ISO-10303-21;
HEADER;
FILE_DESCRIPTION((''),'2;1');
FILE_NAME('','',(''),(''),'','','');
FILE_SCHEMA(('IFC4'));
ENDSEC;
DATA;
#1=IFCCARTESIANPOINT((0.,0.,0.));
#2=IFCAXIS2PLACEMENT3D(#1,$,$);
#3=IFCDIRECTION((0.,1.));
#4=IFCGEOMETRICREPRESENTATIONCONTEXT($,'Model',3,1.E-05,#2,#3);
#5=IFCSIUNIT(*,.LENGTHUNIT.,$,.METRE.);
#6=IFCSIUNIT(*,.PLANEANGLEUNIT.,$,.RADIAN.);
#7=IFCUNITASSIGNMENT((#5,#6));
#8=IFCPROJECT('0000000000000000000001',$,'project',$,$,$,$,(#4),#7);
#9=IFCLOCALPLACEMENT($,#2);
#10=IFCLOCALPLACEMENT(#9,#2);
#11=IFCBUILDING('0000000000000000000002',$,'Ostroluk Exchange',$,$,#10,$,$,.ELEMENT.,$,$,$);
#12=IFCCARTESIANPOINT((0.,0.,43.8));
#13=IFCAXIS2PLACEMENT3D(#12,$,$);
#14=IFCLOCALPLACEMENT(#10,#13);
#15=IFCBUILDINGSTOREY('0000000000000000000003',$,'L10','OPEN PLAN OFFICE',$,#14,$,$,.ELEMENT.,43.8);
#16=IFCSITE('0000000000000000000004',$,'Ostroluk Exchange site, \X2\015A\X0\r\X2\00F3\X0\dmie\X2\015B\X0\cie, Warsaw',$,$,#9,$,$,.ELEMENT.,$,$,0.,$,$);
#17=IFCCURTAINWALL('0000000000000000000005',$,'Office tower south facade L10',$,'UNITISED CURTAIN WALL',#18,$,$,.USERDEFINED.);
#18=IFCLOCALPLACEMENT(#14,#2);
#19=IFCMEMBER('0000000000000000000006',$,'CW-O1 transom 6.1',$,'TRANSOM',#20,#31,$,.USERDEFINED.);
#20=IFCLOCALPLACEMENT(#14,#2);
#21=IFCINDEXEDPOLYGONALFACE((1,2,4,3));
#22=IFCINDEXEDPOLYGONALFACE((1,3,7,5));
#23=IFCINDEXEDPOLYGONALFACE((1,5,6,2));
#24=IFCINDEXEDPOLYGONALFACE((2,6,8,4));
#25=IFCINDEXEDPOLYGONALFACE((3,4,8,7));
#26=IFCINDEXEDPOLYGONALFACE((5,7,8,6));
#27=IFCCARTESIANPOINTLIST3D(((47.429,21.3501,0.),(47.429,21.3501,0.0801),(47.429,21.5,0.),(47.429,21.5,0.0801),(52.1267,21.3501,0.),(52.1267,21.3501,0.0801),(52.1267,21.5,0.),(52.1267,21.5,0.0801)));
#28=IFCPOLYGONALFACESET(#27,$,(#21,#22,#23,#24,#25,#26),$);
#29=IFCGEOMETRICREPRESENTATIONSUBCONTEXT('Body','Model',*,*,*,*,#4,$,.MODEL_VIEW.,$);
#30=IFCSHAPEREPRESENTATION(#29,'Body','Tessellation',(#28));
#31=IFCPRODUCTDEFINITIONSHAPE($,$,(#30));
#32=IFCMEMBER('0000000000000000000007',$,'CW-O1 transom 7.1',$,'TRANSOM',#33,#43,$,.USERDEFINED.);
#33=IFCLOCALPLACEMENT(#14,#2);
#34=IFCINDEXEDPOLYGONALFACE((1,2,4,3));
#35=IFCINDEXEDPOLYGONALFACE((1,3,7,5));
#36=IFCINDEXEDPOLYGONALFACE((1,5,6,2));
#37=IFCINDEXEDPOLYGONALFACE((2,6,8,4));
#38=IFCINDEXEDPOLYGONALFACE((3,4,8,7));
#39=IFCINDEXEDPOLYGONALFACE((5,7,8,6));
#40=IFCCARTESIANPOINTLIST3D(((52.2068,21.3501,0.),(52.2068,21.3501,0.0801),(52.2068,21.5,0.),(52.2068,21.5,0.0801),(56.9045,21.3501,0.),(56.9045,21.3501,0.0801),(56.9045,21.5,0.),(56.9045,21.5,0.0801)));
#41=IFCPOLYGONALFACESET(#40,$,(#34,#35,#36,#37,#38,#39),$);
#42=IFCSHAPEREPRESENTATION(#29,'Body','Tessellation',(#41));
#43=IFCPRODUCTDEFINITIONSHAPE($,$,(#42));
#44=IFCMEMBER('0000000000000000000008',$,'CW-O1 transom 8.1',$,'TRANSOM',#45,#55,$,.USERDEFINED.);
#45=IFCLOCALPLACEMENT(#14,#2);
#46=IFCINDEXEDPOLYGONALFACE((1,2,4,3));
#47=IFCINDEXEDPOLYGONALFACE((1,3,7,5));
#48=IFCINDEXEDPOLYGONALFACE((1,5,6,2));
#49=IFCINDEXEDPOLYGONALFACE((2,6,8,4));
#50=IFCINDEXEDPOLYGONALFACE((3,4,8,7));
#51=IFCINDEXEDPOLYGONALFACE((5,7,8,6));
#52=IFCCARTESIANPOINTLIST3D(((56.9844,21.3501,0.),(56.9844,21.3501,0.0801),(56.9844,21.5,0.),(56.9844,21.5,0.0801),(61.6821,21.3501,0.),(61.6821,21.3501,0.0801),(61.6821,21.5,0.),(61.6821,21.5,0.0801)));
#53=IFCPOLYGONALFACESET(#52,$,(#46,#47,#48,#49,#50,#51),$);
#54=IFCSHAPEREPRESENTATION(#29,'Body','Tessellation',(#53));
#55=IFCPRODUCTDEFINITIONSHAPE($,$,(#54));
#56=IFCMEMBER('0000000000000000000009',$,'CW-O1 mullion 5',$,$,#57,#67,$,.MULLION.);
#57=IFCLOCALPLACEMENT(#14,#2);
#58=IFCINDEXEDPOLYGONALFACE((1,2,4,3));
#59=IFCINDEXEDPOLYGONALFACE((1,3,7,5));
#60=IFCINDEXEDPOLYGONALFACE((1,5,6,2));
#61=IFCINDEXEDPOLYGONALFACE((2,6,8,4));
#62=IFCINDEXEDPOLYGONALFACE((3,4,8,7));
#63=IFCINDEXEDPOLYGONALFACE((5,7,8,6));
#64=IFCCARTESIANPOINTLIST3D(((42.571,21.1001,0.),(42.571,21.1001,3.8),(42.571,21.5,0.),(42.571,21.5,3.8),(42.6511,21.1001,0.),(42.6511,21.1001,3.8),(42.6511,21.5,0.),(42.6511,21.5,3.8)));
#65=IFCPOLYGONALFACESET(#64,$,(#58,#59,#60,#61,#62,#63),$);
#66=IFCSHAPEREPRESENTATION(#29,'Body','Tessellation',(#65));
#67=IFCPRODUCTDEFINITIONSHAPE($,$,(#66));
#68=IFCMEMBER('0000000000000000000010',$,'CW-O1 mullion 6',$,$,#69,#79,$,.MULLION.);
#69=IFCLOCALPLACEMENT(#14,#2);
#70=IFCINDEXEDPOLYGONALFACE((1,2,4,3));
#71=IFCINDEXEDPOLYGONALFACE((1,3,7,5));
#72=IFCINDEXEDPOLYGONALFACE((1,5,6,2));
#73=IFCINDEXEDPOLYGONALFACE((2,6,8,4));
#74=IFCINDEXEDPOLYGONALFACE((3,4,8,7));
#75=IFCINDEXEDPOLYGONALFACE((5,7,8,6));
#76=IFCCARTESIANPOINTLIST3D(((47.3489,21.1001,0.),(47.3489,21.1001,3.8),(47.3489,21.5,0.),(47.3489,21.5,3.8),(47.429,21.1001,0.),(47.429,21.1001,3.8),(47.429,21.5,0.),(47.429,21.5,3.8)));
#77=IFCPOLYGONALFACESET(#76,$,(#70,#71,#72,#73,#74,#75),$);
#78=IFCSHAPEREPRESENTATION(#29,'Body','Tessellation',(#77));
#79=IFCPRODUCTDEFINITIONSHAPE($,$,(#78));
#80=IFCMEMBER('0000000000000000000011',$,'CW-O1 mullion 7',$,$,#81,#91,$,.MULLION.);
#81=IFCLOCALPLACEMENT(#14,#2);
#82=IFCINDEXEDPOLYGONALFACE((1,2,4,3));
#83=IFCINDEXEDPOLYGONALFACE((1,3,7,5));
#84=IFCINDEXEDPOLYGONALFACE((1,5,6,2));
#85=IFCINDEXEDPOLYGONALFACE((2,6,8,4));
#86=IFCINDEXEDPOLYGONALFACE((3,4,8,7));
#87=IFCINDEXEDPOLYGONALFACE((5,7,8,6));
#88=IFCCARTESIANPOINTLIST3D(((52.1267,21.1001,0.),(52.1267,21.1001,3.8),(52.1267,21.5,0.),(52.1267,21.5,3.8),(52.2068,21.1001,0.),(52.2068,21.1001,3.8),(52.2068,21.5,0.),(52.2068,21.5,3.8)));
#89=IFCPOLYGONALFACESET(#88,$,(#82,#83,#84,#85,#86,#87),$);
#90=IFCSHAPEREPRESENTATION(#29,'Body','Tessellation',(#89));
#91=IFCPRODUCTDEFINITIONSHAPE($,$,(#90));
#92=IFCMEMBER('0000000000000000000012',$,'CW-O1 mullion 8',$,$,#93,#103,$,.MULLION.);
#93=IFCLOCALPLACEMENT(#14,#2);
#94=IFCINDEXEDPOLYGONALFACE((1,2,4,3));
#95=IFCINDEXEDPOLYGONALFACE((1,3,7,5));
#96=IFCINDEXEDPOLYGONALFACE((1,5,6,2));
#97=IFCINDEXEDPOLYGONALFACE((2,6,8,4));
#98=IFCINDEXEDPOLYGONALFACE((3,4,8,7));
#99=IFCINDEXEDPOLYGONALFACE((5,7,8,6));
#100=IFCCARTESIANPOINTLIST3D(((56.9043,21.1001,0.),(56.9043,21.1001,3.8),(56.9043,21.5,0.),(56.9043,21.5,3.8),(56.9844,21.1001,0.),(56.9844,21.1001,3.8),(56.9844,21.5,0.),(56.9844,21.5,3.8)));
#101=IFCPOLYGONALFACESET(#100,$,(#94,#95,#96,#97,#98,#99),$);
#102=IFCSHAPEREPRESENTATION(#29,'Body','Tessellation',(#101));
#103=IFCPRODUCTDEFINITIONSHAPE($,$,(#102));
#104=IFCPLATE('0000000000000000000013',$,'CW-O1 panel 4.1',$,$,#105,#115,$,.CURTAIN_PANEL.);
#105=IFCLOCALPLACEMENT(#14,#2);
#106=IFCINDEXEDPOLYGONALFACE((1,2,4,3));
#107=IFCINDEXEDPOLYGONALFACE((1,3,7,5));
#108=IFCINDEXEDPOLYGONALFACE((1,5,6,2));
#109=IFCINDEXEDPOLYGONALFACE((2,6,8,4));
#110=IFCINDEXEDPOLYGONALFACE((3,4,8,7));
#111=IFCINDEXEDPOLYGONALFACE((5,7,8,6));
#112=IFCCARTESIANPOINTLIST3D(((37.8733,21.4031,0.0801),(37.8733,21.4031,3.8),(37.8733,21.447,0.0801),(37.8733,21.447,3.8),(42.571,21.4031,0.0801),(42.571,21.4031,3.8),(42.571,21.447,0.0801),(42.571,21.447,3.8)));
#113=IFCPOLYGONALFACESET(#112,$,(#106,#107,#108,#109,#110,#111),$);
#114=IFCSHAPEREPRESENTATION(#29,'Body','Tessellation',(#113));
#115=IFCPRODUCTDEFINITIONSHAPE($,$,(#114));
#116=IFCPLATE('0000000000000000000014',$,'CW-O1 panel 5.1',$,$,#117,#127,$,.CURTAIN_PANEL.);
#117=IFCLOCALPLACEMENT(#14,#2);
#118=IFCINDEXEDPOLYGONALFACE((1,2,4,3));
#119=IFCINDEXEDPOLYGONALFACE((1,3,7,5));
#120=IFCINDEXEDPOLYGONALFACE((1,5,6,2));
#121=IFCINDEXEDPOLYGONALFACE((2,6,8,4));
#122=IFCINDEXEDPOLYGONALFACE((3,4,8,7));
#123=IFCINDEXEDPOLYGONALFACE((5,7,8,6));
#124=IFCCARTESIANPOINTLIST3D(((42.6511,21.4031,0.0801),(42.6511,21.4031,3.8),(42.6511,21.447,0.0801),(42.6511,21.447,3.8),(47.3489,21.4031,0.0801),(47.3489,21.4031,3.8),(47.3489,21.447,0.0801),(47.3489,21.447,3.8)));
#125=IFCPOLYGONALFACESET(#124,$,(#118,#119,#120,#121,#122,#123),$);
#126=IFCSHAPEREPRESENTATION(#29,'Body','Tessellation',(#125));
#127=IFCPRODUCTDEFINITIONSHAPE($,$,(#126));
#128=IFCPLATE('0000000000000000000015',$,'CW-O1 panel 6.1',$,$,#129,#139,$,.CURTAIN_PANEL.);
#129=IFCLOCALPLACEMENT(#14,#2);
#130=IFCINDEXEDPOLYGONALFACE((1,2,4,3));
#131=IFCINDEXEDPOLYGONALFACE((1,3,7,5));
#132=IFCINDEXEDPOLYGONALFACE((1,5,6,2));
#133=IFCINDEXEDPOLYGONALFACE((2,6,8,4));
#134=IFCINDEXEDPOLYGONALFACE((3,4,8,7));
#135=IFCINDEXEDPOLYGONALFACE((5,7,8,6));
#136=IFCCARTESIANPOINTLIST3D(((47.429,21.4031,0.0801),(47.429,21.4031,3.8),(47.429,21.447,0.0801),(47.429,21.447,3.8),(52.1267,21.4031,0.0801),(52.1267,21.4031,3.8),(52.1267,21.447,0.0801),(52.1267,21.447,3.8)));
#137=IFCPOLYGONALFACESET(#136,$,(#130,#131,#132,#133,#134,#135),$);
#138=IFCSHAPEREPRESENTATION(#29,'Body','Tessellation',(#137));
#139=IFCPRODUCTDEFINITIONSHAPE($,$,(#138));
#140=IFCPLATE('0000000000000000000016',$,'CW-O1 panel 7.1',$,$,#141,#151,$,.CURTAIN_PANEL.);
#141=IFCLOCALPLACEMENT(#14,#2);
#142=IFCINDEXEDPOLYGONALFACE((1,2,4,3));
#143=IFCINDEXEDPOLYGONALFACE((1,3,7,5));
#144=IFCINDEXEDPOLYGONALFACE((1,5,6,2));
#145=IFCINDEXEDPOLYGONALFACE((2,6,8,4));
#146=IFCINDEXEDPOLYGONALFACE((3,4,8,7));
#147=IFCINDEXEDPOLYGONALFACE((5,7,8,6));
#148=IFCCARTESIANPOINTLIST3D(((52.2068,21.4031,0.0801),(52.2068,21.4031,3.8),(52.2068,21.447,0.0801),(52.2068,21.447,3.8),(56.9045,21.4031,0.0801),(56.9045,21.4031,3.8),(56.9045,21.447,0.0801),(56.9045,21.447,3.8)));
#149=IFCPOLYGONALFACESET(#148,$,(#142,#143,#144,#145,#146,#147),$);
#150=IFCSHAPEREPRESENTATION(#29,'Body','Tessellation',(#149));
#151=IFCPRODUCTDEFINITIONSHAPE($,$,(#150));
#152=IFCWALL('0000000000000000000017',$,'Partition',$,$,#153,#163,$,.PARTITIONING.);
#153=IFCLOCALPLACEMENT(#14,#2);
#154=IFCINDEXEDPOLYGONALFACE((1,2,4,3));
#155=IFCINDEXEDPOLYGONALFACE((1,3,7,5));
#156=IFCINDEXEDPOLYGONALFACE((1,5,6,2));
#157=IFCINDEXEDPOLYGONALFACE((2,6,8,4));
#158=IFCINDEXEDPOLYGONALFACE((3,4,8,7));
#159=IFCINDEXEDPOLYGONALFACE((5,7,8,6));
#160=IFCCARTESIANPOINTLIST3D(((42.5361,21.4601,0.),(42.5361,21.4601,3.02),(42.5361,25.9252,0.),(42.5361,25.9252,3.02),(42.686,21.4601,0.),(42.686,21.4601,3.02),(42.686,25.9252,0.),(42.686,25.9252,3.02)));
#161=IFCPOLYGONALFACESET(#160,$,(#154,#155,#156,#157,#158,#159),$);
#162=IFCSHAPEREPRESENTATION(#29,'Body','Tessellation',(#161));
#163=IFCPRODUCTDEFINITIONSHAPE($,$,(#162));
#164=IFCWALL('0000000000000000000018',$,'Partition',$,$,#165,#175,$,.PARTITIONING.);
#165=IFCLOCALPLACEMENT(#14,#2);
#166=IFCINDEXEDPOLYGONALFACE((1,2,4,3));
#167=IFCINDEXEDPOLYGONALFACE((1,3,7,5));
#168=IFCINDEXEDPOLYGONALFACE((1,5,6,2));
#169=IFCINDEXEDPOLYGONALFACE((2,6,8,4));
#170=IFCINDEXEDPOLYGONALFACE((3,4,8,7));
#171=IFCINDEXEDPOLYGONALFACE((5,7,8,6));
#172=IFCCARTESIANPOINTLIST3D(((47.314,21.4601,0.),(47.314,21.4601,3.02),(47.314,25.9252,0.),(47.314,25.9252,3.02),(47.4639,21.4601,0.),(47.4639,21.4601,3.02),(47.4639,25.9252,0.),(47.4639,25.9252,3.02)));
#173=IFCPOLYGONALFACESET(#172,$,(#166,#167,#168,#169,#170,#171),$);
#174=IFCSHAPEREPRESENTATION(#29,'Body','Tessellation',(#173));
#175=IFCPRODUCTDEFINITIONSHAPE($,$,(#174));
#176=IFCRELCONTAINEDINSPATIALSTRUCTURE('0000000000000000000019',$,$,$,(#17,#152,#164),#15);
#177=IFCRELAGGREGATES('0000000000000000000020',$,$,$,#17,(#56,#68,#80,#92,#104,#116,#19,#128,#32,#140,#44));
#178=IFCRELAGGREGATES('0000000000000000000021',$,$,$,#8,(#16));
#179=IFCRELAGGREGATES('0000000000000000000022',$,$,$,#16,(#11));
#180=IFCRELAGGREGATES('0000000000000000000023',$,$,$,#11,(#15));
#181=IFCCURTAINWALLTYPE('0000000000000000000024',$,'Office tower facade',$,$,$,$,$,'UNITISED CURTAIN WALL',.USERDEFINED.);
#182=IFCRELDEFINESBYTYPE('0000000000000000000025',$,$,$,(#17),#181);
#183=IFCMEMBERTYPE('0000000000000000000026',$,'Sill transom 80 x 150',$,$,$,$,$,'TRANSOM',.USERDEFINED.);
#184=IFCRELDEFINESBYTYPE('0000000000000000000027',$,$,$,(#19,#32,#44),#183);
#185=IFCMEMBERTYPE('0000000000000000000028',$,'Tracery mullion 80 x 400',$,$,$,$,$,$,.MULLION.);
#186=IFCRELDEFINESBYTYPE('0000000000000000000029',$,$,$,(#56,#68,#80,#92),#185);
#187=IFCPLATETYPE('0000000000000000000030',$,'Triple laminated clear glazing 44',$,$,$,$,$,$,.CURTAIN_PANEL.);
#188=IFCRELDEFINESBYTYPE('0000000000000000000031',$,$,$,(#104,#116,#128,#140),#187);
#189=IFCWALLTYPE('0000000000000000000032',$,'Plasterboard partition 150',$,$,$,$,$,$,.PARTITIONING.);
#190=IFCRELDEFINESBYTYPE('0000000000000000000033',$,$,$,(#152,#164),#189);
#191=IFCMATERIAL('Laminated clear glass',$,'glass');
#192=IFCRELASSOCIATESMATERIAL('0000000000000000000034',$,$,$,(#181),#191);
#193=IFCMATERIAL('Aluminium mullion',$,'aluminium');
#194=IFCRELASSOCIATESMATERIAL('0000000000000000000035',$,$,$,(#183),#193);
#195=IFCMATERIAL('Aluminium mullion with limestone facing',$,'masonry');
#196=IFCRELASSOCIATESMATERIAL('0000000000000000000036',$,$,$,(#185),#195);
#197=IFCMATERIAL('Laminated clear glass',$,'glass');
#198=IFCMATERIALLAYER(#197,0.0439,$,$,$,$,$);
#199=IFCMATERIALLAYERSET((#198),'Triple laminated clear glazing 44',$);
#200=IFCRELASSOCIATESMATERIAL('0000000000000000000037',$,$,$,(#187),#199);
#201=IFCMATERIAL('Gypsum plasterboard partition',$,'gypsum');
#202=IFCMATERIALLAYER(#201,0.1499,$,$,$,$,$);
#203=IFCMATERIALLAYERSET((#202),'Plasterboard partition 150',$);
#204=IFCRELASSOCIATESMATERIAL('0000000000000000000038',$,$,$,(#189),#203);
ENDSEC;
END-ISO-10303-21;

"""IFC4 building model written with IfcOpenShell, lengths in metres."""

from ifc_helpers import new_model, si_unit, direction, frame, frame_2d, origin, origin_2d, place, context, subcontext, project, spatial, rectangle, extrude, material, layer, layer_set, material_profile, profile_set, type_object, element, aggregate, save


model = new_model("IFC4")

# Units and contexts
model_context = context("Model", 3, precision=1e-05, world=origin(), true_north=direction((0.0, 1.0)))
body_context = subcontext(model_context, "Body", "Model", "MODEL_VIEW")
ifc_project = project(units=[si_unit("LENGTHUNIT", "METRE"), si_unit("PLANEANGLEUNIT", "RADIAN")], contexts=[model_context])

# Site, building, storey
site_placement = place(None, origin())
site = spatial("IfcSite", under=ifc_project, at=site_placement, Name="Ostroluk Exchange site, Śródmieście, Warsaw", CompositionType="ELEMENT", RefElevation=0.0)
building_placement = place(site_placement, origin())
building = spatial("IfcBuilding", under=site, at=building_placement, Name="Ostroluk Exchange", CompositionType="ELEMENT")
storey_placement = place(building_placement, frame((0.0, 0.0, 43.8)))
storey = spatial("IfcBuildingStorey", under=building, at=storey_placement, Name="L10", Description="OPEN PLAN OFFICE", CompositionType="ELEMENT", Elevation=43.8)

# Curtain wall, members, plates
ifc_material_1 = material(Name="Laminated clear glass", Category="glass")
curtain_wall_type = type_object("IfcCurtainWallType", Name="Office tower facade", ElementType="UNITISED CURTAIN WALL", PredefinedType="USERDEFINED", material=ifc_material_1)
curtain_wall_placement = place(storey_placement, origin())
curtain_wall = element("IfcCurtainWall", 1, at=curtain_wall_placement, inside=storey, type_object=curtain_wall_type, Name="Office tower south facade L10", ObjectType="UNITISED CURTAIN WALL", PredefinedType="USERDEFINED")
ifc_material_2 = material(Name="Aluminium mullion", Category="aluminium")
ifc_material_profile_1 = material_profile(ifc_material_2, rectangle(XDim=0.1499, YDim=0.0801, at=origin_2d()), Name="Sill transom 80 x 150")
ifc_profile_set_1 = profile_set([ifc_material_profile_1], Name="Aluminium mullion")
member_type_1 = type_object("IfcMemberType", Name="Sill transom 80 x 150", ElementType="TRANSOM", PredefinedType="USERDEFINED", material=ifc_profile_set_1)
member_1_placement = place(storey_placement, frame((47.429, 21.425, 0.04), z_axis=(1.0, 0.0, 0.0), x_axis=(0.0, 1.0, 0.0)))
member_1 = element("IfcMember", 2, at=member_1_placement, type_object=member_type_1, Name="CW-O1 transom 6.1", ObjectType="TRANSOM", PredefinedType="USERDEFINED", context=body_context, shape_type="SweptSolid", body=[
    extrude(rectangle(XDim=0.1499, YDim=0.0801, at=origin_2d()), origin(), (0.0, 0.0, 1.0), 4.6978),
])
member_2_placement = place(storey_placement, frame((52.2068, 21.425, 0.04), z_axis=(1.0, 0.0, 0.0), x_axis=(0.0, 1.0, 0.0)))
member_2 = element("IfcMember", 3, at=member_2_placement, type_object=member_type_1, Name="CW-O1 transom 7.1", ObjectType="TRANSOM", PredefinedType="USERDEFINED", context=body_context, shape_type="SweptSolid", body=[
    extrude(rectangle(XDim=0.1499, YDim=0.0801, at=origin_2d()), origin(), (0.0, 0.0, 1.0), 4.6978),
])
member_3_placement = place(storey_placement, frame((56.9844, 21.425, 0.04), z_axis=(1.0, 0.0, 0.0), x_axis=(0.0, 1.0, 0.0)))
member_3 = element("IfcMember", 4, at=member_3_placement, type_object=member_type_1, Name="CW-O1 transom 8.1", ObjectType="TRANSOM", PredefinedType="USERDEFINED", context=body_context, shape_type="SweptSolid", body=[
    extrude(rectangle(XDim=0.1499, YDim=0.0801, at=origin_2d()), origin(), (0.0, 0.0, 1.0), 4.6978),
])
ifc_material_3 = material(Name="Aluminium mullion with limestone facing", Category="masonry")
ifc_material_profile_2 = material_profile(ifc_material_3, rectangle(XDim=0.3999, YDim=0.0801, at=origin_2d()), Name="Tracery mullion 80 x 400")
ifc_profile_set_2 = profile_set([ifc_material_profile_2], Name="Aluminium mullion with limestone facing")
member_type_2 = type_object("IfcMemberType", Name="Tracery mullion 80 x 400", PredefinedType="MULLION", material=ifc_profile_set_2)
member_4_placement = place(storey_placement, frame((42.6111, 21.3, 0.0), z_axis=(0.0, 0.0, 1.0), x_axis=(0.0, 1.0, 0.0)))
member_4 = element("IfcMember", 5, at=member_4_placement, type_object=member_type_2, Name="CW-O1 mullion 5", PredefinedType="MULLION", context=body_context, shape_type="SweptSolid", body=[
    extrude(rectangle(XDim=0.3999, YDim=0.0801, at=origin_2d()), origin(), (0.0, 0.0, 1.0), 3.8),
])
member_5_placement = place(storey_placement, frame((47.3889, 21.3, 0.0), z_axis=(0.0, 0.0, 1.0), x_axis=(0.0, 1.0, 0.0)))
member_5 = element("IfcMember", 6, at=member_5_placement, type_object=member_type_2, Name="CW-O1 mullion 6", PredefinedType="MULLION", context=body_context, shape_type="SweptSolid", body=[
    extrude(rectangle(XDim=0.3999, YDim=0.0801, at=origin_2d()), origin(), (0.0, 0.0, 1.0), 3.8),
])
member_6_placement = place(storey_placement, frame((52.1667, 21.3, 0.0), z_axis=(0.0, 0.0, 1.0), x_axis=(0.0, 1.0, 0.0)))
member_6 = element("IfcMember", 7, at=member_6_placement, type_object=member_type_2, Name="CW-O1 mullion 7", PredefinedType="MULLION", context=body_context, shape_type="SweptSolid", body=[
    extrude(rectangle(XDim=0.3999, YDim=0.0801, at=origin_2d()), origin(), (0.0, 0.0, 1.0), 3.8),
])
member_7_placement = place(storey_placement, frame((56.9443, 21.3, 0.0), z_axis=(0.0, 0.0, 1.0), x_axis=(0.0, 1.0, 0.0)))
member_7 = element("IfcMember", 8, at=member_7_placement, type_object=member_type_2, Name="CW-O1 mullion 8", PredefinedType="MULLION", context=body_context, shape_type="SweptSolid", body=[
    extrude(rectangle(XDim=0.3999, YDim=0.0801, at=origin_2d()), origin(), (0.0, 0.0, 1.0), 3.8),
])
ifc_material_4 = material(Name="Laminated clear glass", Category="glass")
ifc_layer_1 = layer(ifc_material_4, 0.0439)
ifc_layer_set_1 = layer_set([ifc_layer_1], Name="Triple laminated clear glazing 44")
plate_type = type_object("IfcPlateType", Name="Triple laminated clear glazing 44", PredefinedType="CURTAIN_PANEL", material=ifc_layer_set_1)
plate_1_placement = place(storey_placement, frame((40.2222, 21.425, 0.0801), z_axis=(0.0, 0.0, 1.0), x_axis=(1.0, 0.0, 0.0)))
plate_1 = element("IfcPlate", 9, at=plate_1_placement, type_object=plate_type, Name="CW-O1 panel 4.1", PredefinedType="CURTAIN_PANEL", context=body_context, shape_type="SweptSolid", body=[
    extrude(rectangle(XDim=4.6978, YDim=0.0439, at=origin_2d()), origin(), (0.0, 0.0, 1.0), 3.72),
])
plate_2_placement = place(storey_placement, frame((45.0, 21.425, 0.0801), z_axis=(0.0, 0.0, 1.0), x_axis=(1.0, 0.0, 0.0)))
plate_2 = element("IfcPlate", 10, at=plate_2_placement, type_object=plate_type, Name="CW-O1 panel 5.1", PredefinedType="CURTAIN_PANEL", context=body_context, shape_type="SweptSolid", body=[
    extrude(rectangle(XDim=4.6978, YDim=0.0439, at=origin_2d()), origin(), (0.0, 0.0, 1.0), 3.72),
])
plate_3_placement = place(storey_placement, frame((49.7778, 21.425, 0.0801), z_axis=(0.0, 0.0, 1.0), x_axis=(1.0, 0.0, 0.0)))
plate_3 = element("IfcPlate", 11, at=plate_3_placement, type_object=plate_type, Name="CW-O1 panel 6.1", PredefinedType="CURTAIN_PANEL", context=body_context, shape_type="SweptSolid", body=[
    extrude(rectangle(XDim=4.6978, YDim=0.0439, at=origin_2d()), origin(), (0.0, 0.0, 1.0), 3.72),
])
plate_4_placement = place(storey_placement, frame((54.5557, 21.425, 0.0801), z_axis=(0.0, 0.0, 1.0), x_axis=(1.0, 0.0, 0.0)))
plate_4 = element("IfcPlate", 12, at=plate_4_placement, type_object=plate_type, Name="CW-O1 panel 7.1", PredefinedType="CURTAIN_PANEL", context=body_context, shape_type="SweptSolid", body=[
    extrude(rectangle(XDim=4.6978, YDim=0.0439, at=origin_2d()), origin(), (0.0, 0.0, 1.0), 3.72),
])
aggregate(curtain_wall, [member_4, member_5, member_6, member_7, plate_1, plate_2, member_1, plate_3, member_2, plate_4, member_3])

# Walls
ifc_material_5 = material(Name="Gypsum plasterboard partition", Category="gypsum")
ifc_layer_2 = layer(ifc_material_5, 0.1499)
ifc_layer_set_2 = layer_set([ifc_layer_2], Name="Plasterboard partition 150")
wall_type = type_object("IfcWallType", Name="Plasterboard partition 150", PredefinedType="PARTITIONING", material=ifc_layer_set_2)
for number, where, z_axis, x_axis, name in (
    (13, (42.6111, 25.925, 0.0), (0.0, 0.0, 1.0), (0.0, -1.0, 0.0), "Partition"),
    (14, (47.3889, 25.925, 0.0), (0.0, 0.0, 1.0), (0.0, -1.0, 0.0), "Partition"),
):
    element("IfcWall", number, at=place(storey_placement, frame(where, z_axis=z_axis, x_axis=x_axis)), inside=storey, type_object=wall_type, Name=name, PredefinedType="PARTITIONING", context=body_context, shape_type="SweptSolid", body=[
        extrude(rectangle(XDim=4.4651, YDim=0.1499, at=frame_2d((2.2324, 0.0))), origin(), (0.0, 0.0, 1.0), 3.02),
    ])

save(model, "model.ifc")
